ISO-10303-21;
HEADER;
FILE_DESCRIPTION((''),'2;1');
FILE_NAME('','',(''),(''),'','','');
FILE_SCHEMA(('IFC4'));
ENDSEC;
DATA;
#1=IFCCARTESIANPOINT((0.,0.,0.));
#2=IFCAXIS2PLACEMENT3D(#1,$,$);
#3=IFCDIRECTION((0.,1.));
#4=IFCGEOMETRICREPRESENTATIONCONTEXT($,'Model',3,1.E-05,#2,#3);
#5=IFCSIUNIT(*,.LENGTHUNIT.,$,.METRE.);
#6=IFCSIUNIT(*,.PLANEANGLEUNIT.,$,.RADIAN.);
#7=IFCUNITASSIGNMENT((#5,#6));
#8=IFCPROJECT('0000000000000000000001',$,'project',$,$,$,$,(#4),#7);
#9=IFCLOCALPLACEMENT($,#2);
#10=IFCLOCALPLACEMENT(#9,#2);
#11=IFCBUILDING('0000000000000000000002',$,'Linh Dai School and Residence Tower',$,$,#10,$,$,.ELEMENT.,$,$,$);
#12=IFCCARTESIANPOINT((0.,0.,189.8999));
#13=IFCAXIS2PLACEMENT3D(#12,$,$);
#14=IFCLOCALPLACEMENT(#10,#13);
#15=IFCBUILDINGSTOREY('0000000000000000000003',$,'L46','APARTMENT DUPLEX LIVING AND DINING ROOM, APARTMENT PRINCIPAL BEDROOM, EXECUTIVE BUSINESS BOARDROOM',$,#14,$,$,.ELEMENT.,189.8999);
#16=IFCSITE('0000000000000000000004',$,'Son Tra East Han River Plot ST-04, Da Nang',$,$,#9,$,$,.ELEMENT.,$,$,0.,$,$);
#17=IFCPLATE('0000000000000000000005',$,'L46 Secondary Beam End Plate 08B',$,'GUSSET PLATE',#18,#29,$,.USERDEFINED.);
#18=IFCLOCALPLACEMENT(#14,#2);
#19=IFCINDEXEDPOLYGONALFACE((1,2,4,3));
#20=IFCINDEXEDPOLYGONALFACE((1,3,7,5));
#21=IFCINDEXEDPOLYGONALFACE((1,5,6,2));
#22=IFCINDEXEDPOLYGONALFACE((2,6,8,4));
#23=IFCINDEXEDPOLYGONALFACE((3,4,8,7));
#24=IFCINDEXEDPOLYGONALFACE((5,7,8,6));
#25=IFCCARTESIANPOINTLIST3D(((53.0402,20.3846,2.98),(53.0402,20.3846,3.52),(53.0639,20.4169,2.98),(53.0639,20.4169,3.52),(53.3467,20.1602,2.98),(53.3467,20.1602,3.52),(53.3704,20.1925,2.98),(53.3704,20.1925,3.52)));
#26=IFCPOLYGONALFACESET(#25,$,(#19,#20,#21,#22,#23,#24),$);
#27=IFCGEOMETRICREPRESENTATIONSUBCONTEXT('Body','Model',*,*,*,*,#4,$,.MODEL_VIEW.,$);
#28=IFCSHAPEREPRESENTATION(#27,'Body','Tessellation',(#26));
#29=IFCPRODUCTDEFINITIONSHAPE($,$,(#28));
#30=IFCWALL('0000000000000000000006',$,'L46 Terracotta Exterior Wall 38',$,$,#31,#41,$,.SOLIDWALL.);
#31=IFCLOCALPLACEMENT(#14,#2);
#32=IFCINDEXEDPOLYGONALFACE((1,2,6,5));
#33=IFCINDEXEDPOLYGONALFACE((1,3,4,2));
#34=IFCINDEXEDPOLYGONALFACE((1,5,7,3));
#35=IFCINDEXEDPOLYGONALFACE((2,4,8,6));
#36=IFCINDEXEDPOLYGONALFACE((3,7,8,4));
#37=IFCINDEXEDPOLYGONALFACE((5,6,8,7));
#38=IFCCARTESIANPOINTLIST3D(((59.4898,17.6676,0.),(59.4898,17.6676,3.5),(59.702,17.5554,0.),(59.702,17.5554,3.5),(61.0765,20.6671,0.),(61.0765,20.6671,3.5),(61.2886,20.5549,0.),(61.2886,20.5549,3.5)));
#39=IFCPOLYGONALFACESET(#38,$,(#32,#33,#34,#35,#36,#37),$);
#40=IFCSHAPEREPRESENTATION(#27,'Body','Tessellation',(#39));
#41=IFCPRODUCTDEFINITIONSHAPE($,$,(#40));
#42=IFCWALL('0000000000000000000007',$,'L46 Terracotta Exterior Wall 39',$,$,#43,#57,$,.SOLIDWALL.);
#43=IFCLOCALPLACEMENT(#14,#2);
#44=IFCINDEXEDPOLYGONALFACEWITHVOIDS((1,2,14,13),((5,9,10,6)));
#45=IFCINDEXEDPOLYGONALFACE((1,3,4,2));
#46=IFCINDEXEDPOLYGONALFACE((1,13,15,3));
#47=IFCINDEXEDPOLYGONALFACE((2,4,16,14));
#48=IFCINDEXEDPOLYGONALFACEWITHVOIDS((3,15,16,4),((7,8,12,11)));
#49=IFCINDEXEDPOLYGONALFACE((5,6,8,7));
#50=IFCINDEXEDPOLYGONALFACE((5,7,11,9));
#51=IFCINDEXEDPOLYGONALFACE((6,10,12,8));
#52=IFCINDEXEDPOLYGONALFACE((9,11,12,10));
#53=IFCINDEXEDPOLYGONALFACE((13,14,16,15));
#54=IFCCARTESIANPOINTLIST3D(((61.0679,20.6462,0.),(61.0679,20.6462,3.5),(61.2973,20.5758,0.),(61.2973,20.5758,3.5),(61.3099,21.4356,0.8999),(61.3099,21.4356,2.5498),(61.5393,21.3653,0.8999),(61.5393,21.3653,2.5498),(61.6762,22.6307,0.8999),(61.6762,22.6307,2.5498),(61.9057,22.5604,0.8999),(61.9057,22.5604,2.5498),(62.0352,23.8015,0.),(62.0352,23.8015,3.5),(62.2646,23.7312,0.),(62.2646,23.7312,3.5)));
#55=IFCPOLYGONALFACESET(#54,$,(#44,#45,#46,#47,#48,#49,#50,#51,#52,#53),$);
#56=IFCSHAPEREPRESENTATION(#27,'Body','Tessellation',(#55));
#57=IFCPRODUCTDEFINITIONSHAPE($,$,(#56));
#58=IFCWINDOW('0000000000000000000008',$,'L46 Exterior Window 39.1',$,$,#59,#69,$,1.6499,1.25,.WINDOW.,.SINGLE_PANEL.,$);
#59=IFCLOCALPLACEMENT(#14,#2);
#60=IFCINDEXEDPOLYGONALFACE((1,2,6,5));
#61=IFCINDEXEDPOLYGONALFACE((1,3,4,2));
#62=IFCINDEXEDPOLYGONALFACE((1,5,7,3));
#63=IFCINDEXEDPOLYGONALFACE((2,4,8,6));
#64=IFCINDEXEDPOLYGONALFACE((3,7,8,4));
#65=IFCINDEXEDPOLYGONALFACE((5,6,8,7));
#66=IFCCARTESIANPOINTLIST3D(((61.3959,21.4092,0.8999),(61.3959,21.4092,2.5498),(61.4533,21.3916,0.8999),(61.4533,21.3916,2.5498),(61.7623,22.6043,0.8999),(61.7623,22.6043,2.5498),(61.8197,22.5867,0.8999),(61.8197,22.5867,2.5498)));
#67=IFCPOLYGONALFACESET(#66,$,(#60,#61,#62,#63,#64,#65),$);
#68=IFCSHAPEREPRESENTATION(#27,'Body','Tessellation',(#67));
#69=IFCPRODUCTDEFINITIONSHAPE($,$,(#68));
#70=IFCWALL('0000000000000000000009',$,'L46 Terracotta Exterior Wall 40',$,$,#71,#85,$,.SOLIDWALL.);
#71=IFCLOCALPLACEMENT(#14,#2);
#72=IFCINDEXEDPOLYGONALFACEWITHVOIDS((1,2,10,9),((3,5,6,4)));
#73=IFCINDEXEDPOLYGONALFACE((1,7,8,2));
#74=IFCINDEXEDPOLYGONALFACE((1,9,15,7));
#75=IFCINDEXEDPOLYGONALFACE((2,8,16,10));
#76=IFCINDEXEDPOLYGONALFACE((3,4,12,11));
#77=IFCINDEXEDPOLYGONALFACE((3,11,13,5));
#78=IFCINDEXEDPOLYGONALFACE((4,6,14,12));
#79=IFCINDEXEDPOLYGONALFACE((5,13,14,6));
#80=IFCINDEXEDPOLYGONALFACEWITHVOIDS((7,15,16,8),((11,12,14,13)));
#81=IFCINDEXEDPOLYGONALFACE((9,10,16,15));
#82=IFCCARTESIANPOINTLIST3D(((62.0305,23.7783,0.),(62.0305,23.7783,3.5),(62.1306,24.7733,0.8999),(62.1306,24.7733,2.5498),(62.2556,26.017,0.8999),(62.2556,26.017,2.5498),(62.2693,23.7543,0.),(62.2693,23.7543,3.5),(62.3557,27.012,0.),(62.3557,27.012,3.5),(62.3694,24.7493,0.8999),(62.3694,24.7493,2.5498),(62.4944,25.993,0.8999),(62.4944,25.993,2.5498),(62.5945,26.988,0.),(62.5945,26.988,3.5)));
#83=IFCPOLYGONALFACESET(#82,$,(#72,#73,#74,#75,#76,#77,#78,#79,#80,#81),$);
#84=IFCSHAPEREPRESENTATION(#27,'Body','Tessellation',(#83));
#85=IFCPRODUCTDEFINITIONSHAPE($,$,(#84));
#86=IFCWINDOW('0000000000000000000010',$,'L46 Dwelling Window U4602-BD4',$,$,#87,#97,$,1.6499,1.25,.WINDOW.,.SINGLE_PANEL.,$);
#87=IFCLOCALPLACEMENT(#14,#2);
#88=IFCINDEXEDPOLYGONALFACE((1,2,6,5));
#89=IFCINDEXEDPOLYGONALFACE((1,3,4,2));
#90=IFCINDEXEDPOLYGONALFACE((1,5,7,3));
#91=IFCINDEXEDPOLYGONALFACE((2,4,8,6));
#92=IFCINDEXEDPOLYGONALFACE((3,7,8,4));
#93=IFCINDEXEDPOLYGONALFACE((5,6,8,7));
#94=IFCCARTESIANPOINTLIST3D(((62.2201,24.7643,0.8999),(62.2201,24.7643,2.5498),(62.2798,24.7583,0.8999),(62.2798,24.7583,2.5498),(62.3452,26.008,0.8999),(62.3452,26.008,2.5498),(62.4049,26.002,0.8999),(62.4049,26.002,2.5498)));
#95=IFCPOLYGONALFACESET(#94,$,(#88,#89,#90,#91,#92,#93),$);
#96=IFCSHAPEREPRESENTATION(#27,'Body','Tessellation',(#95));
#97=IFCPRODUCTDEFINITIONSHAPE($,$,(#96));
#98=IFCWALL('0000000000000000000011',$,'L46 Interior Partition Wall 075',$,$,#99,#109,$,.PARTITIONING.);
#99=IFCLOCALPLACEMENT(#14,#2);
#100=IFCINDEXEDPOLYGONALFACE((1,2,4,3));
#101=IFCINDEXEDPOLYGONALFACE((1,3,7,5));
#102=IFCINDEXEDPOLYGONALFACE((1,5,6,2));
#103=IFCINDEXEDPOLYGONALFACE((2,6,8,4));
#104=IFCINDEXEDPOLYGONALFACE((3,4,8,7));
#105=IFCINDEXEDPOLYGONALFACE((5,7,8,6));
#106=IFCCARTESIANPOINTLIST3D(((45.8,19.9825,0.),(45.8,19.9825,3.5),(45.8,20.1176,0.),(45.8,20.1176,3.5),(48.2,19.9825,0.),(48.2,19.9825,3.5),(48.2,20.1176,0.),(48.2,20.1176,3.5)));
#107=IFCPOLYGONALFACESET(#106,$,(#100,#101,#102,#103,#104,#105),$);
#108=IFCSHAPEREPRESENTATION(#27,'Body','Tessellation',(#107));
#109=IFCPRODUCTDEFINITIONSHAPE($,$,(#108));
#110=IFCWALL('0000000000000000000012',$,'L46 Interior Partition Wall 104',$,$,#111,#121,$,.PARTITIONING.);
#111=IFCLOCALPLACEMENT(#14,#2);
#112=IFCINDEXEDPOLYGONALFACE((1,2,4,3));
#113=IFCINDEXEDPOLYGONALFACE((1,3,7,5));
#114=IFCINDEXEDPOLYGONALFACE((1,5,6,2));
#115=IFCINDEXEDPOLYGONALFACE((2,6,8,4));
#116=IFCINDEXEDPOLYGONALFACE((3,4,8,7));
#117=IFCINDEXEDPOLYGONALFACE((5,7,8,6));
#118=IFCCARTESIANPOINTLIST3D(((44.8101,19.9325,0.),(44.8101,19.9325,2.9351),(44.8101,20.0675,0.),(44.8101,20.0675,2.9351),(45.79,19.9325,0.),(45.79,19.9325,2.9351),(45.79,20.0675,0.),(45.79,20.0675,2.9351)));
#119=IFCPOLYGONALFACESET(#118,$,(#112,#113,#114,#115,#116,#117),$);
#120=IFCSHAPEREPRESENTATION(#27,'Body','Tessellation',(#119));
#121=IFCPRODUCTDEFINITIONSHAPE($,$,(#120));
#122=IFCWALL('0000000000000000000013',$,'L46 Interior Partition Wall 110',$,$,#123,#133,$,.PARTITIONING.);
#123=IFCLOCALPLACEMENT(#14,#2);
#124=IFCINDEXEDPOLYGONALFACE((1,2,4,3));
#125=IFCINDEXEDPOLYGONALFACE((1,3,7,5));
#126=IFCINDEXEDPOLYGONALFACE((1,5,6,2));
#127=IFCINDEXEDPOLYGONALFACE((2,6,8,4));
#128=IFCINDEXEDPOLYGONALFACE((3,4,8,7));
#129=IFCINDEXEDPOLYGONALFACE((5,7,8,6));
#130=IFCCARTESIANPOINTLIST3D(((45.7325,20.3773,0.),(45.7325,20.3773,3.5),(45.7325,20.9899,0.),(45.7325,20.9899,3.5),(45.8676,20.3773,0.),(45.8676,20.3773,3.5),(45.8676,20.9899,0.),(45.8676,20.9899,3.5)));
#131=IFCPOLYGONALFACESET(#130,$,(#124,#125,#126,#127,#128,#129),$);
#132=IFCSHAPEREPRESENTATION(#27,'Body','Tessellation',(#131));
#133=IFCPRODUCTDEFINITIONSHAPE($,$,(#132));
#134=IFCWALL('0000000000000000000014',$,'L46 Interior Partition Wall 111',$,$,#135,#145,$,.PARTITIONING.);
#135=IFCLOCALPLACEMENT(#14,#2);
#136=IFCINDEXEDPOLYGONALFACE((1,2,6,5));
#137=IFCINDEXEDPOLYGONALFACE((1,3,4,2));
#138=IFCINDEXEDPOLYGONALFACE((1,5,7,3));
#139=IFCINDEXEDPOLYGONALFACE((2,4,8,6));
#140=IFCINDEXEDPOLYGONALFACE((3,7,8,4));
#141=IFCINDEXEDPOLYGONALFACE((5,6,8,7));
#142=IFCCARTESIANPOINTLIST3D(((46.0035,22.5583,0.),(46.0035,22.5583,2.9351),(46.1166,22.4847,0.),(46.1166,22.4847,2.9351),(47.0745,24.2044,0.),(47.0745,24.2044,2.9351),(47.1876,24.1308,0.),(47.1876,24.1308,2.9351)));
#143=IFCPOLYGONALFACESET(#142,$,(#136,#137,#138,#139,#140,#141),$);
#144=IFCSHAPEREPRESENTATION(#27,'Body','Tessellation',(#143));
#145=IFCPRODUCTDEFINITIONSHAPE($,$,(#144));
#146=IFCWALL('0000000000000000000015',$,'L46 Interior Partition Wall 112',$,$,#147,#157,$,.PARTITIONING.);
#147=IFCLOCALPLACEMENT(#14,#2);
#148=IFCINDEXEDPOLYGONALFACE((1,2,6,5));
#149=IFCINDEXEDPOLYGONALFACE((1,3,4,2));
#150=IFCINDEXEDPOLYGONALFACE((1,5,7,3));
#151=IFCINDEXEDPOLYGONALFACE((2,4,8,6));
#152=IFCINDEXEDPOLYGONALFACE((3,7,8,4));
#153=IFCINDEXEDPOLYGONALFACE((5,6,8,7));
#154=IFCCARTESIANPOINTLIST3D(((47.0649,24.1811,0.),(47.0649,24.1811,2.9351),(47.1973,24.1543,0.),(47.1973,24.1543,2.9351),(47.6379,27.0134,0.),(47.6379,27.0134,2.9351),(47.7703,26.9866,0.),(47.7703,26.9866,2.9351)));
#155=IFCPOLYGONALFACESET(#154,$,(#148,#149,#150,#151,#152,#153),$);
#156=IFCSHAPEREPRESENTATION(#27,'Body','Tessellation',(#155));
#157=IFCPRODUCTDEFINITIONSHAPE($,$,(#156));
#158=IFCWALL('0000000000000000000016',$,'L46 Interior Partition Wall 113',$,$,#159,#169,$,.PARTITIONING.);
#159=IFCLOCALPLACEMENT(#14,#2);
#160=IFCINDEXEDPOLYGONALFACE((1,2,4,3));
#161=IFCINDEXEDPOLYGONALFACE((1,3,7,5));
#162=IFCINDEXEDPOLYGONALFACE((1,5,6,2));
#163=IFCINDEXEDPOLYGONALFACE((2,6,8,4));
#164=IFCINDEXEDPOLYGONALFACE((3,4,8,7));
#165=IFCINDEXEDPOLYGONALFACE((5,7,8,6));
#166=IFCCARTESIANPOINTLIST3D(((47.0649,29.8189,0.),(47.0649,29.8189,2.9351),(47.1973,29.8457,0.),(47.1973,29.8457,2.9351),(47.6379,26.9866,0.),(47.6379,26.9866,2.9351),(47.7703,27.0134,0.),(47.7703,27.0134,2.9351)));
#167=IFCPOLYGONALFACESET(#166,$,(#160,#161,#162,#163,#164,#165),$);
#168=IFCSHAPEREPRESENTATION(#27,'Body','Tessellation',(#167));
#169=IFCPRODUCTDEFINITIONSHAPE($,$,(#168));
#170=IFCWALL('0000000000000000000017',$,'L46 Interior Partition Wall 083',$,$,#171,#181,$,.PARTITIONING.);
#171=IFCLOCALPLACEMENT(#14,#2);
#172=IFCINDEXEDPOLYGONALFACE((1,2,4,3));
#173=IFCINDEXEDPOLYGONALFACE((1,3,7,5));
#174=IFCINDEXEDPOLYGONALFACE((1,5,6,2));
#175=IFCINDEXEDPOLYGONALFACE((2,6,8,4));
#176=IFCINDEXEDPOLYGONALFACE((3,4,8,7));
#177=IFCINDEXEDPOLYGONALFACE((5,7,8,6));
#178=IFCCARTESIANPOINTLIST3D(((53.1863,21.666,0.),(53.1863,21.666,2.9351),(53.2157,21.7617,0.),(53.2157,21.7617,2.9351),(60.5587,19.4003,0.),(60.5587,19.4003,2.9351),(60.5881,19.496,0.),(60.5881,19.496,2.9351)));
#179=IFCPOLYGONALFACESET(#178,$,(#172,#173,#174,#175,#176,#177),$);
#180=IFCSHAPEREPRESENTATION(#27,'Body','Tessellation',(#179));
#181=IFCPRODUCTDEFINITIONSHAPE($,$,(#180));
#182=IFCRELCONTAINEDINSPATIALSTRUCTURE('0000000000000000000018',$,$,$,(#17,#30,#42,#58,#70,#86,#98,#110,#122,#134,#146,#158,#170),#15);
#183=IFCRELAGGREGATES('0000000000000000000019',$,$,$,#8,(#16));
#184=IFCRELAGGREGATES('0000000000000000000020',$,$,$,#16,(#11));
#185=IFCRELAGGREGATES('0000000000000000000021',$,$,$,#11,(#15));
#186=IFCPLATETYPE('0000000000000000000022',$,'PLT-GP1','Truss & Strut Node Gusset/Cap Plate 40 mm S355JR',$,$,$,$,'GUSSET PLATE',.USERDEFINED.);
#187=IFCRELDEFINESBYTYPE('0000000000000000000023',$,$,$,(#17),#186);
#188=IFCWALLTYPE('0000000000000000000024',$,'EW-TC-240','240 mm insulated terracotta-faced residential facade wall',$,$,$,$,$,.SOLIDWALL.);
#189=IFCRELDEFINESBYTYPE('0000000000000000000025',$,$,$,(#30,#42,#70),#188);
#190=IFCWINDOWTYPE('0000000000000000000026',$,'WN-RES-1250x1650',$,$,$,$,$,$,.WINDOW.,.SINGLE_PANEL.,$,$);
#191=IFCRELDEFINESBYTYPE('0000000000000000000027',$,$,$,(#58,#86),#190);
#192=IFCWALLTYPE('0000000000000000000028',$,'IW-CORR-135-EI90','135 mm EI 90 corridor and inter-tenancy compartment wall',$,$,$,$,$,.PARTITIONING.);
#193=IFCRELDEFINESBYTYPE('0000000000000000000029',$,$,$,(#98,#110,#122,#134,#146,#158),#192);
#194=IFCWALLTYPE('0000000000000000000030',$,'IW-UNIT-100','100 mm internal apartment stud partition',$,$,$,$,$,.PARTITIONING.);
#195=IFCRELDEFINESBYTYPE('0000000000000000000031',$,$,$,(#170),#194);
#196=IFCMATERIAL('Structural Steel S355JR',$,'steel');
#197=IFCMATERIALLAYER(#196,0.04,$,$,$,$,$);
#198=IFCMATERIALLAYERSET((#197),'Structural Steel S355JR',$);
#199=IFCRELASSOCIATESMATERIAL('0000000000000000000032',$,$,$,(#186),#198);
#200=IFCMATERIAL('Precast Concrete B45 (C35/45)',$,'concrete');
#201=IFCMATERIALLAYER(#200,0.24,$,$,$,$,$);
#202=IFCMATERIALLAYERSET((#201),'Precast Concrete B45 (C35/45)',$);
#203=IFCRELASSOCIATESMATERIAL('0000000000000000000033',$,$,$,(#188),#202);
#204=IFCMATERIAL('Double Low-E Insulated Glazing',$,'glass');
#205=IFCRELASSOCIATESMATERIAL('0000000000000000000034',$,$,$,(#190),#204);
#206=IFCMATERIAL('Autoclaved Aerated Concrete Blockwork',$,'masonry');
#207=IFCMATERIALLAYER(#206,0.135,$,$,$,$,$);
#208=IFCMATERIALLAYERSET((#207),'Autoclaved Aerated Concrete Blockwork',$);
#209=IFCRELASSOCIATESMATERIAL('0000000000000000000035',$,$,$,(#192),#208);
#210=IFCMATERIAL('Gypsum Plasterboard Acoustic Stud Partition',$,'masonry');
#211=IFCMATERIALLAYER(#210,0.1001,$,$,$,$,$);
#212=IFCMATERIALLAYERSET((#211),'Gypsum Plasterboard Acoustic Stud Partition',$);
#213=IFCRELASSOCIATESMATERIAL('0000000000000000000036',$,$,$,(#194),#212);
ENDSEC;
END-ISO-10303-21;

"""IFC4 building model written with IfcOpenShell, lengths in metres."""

from ifc_helpers import new_model, si_unit, direction, frame, frame_2d, origin, origin_2d, place, context, subcontext, project, spatial, rectangle, extrude, source, transform, mapped, material, layer, layer_set, type_object, element, fill, save


model = new_model("IFC4")

# Units and contexts
model_context = context("Model", 3, precision=1e-05, world=origin(), true_north=direction((0.0, 1.0)))
body_context = subcontext(model_context, "Body", "Model", "MODEL_VIEW")
ifc_project = project(units=[si_unit("LENGTHUNIT", "METRE"), si_unit("PLANEANGLEUNIT", "RADIAN")], contexts=[model_context])

# Site, building, storey
site_placement = place(None, origin())
site = spatial("IfcSite", under=ifc_project, at=site_placement, Name="Son Tra East Han River Plot ST-04, Da Nang", CompositionType="ELEMENT", RefElevation=0.0)
building_placement = place(site_placement, origin())
building = spatial("IfcBuilding", under=site, at=building_placement, Name="Linh Dai School and Residence Tower", CompositionType="ELEMENT")
storey_placement = place(building_placement, frame((0.0, 0.0, 189.8999)))
storey = spatial("IfcBuildingStorey", under=building, at=storey_placement, Name="L46", Description="APARTMENT DUPLEX LIVING AND DINING ROOM, APARTMENT PRINCIPAL BEDROOM, EXECUTIVE BUSINESS BOARDROOM", CompositionType="ELEMENT", Elevation=189.8999)

# Shared definitions
ifc_material_1 = material(Name="Structural Steel S355JR", Category="steel")

# Plate
ifc_layer_1 = layer(ifc_material_1, 0.04)
ifc_layer_set_1 = layer_set([ifc_layer_1], Name="Structural Steel S355JR")
plate_type = type_object("IfcPlateType", Name="PLT-GP1", Description="Truss & Strut Node Gusset/Cap Plate 40 mm S355JR", ElementType="GUSSET PLATE", PredefinedType="USERDEFINED", material=ifc_layer_set_1)
shared_shape_1 = source(origin(), body_context, "Body", "SweptSolid", [
    extrude(rectangle(XDim=0.04, YDim=0.3799, at=origin_2d()), origin(), (0.0, 0.0, 1.0), 0.54),
])
plate_placement = place(storey_placement, frame((53.2053, 20.2886, 2.98), z_axis=(0.0, 0.0, 1.0), x_axis=(0.590797, 0.80682, 0.0)))
element("IfcPlate", 1, at=plate_placement, inside=storey, type_object=plate_type, Name="L46 Secondary Beam End Plate 08B", ObjectType="GUSSET PLATE", PredefinedType="USERDEFINED", context=body_context, shape_type="MappedRepresentation", body=[
    mapped(shared_shape_1, transform((0.0, 0.0, 0.0), x_axis=(1.0, 0.0, 0.0), y_axis=(0.0, 1.0, 0.0), z_axis=(0.0, 0.0, 1.0), scale=1.0)),
])

# Wall
ifc_material_2 = material(Name="Precast Concrete B45 (C35/45)", Category="concrete")
ifc_layer_2 = layer(ifc_material_2, 0.24)
ifc_layer_set_2 = layer_set([ifc_layer_2], Name="Precast Concrete B45 (C35/45)")
wall_type_1 = type_object("IfcWallType", Name="EW-TC-240", Description="240 mm insulated terracotta-faced residential facade wall", PredefinedType="SOLIDWALL", material=ifc_layer_set_2)
wall_1_placement = place(storey_placement, frame((61.1826, 20.6111, 0.0), z_axis=(0.0, 0.0, 1.0), x_axis=(-0.467587, -0.883947, 0.0)))
element("IfcWall", 2, at=wall_1_placement, inside=storey, type_object=wall_type_1, Name="L46 Terracotta Exterior Wall 38", PredefinedType="SOLIDWALL", context=body_context, shape_type="SweptSolid", body=[
    extrude(rectangle(XDim=3.3933, YDim=0.24, at=frame_2d((1.6968, 0.0))), origin(), (0.0, 0.0, 1.0), 3.5),
])

# Walls, openings, windows
wall_2_placement = place(storey_placement, frame((62.1499, 23.7664, 0.0), z_axis=(0.0, 0.0, 1.0), x_axis=(-0.293098, -0.956082, 0.0)))
wall_2 = element("IfcWall", 3, at=wall_2_placement, inside=storey, type_object=wall_type_1, Name="L46 Terracotta Exterior Wall 39", PredefinedType="SOLIDWALL", context=body_context, shape_type="SweptSolid", body=[
    extrude(rectangle(XDim=3.3003, YDim=0.24, at=frame_2d((1.6501, 0.0))), origin(), (0.0, 0.0, 1.0), 3.5),
])
opening_1_placement = place(wall_2_placement, frame((1.2246, 0.0, 0.8999)))
opening_1 = element("IfcOpeningElement", 4, at=opening_1_placement, cuts=wall_2, PredefinedType="OPENING", context=body_context, shape_type="SweptSolid", body=[
    extrude(rectangle(XDim=1.25, YDim=1.6499, at=origin_2d()), frame((0.625, 0.1299, 0.825), z_axis=(0.0, -1.0, 0.0), x_axis=(1.0, 0.0, 0.0)), (0.0, 0.0, 1.0), 0.26),
])
ifc_material_3 = material(Name="Double Low-E Insulated Glazing", Category="glass")
window_type = type_object("IfcWindowType", Name="WN-RES-1250x1650", PartitioningType="SINGLE_PANEL", PredefinedType="WINDOW", material=ifc_material_3)
shared_shape_2 = source(origin(), body_context, "Body", "SweptSolid", [
    extrude(rectangle(XDim=1.25, YDim=1.6499, at=origin_2d()), frame((0.625, 0.03, 0.825), z_axis=(0.0, -1.0, 0.0), x_axis=(1.0, 0.0, 0.0)), (0.0, 0.0, 1.0), 0.0601),
])
window_1_placement = place(opening_1_placement, origin())
window_1 = element("IfcWindow", 5, at=window_1_placement, inside=storey, type_object=window_type, Name="L46 Exterior Window 39.1", OverallHeight=1.6499, OverallWidth=1.25, PartitioningType="SINGLE_PANEL", PredefinedType="WINDOW", context=body_context, shape_type="MappedRepresentation", body=[
    mapped(shared_shape_2, transform((0.0, 0.0, 0.0), x_axis=(1.0, 0.0, 0.0), y_axis=(0.0, 1.0, 0.0), z_axis=(0.0, 0.0, 1.0), scale=1.0)),
])
fill(opening_1, window_1)
wall_3_placement = place(storey_placement, frame((62.4751, 27.0, 0.0), z_axis=(0.0, 0.0, 1.0), x_axis=(-0.100062, -0.994981, 0.0)))
wall_3 = element("IfcWall", 6, at=wall_3_placement, inside=storey, type_object=wall_type_1, Name="L46 Terracotta Exterior Wall 40", PredefinedType="SOLIDWALL", context=body_context, shape_type="SweptSolid", body=[
    extrude(rectangle(XDim=3.25, YDim=0.24, at=frame_2d((1.625, 0.0))), origin(), (0.0, 0.0, 1.0), 3.5),
])
opening_2_placement = place(wall_3_placement, frame((1.0, 0.0, 0.8999)))
opening_2 = element("IfcOpeningElement", 7, at=opening_2_placement, cuts=wall_3, PredefinedType="OPENING", context=body_context, shape_type="SweptSolid", body=[
    extrude(rectangle(XDim=1.25, YDim=1.6499, at=origin_2d()), frame((0.625, 0.1299, 0.825), z_axis=(0.0, -1.0, 0.0), x_axis=(1.0, 0.0, 0.0)), (0.0, 0.0, 1.0), 0.26),
])
window_2_placement = place(opening_2_placement, origin())
window_2 = element("IfcWindow", 8, at=window_2_placement, inside=storey, type_object=window_type, Name="L46 Dwelling Window U4602-BD4", OverallHeight=1.6499, OverallWidth=1.25, PartitioningType="SINGLE_PANEL", PredefinedType="WINDOW", context=body_context, shape_type="MappedRepresentation", body=[
    mapped(shared_shape_2, transform((0.0, 0.0, 0.0), x_axis=(1.0, 0.0, 0.0), y_axis=(0.0, 1.0, 0.0), z_axis=(0.0, 0.0, 1.0), scale=1.0)),
])
fill(opening_2, window_2)

# Walls
ifc_material_4 = material(Name="Autoclaved Aerated Concrete Blockwork", Category="masonry")
ifc_layer_3 = layer(ifc_material_4, 0.135)
ifc_layer_set_3 = layer_set([ifc_layer_3], Name="Autoclaved Aerated Concrete Blockwork")
wall_type_2 = type_object("IfcWallType", Name="IW-CORR-135-EI90", Description="135 mm EI 90 corridor and inter-tenancy compartment wall", PredefinedType="PARTITIONING", material=ifc_layer_set_3)
wall_4_placement = place(storey_placement, frame((45.8, 20.05, 0.0), z_axis=(0.0, 0.0, 1.0), x_axis=(1.0, 0.0, 0.0)))
element("IfcWall", 9, at=wall_4_placement, inside=storey, type_object=wall_type_2, Name="L46 Interior Partition Wall 075", PredefinedType="PARTITIONING", context=body_context, shape_type="SweptSolid", body=[
    extrude(rectangle(XDim=2.3999, YDim=0.135, at=frame_2d((1.2, 0.0))), origin(), (0.0, 0.0, 1.0), 3.5),
])
wall_5_placement = place(storey_placement, frame((44.8101, 20.0, 0.0), z_axis=(0.0, 0.0, 1.0), x_axis=(1.0, 0.0, 0.0)))
element("IfcWall", 10, at=wall_5_placement, inside=storey, type_object=wall_type_2, Name="L46 Interior Partition Wall 104", PredefinedType="PARTITIONING", context=body_context, shape_type="SweptSolid", body=[
    extrude(rectangle(XDim=0.98, YDim=0.135, at=frame_2d((0.49, 0.0))), origin(), (0.0, 0.0, 1.0), 2.9351),
])
wall_6_placement = place(storey_placement, frame((45.8, 20.3774, 0.0), z_axis=(0.0, 0.0, 1.0), x_axis=(0.0, 1.0, 0.0)))
element("IfcWall", 11, at=wall_6_placement, inside=storey, type_object=wall_type_2, Name="L46 Interior Partition Wall 110", PredefinedType="PARTITIONING", context=body_context, shape_type="SweptSolid", body=[
    extrude(rectangle(XDim=0.6125, YDim=0.135, at=frame_2d((0.3062, 0.0))), origin(), (0.0, 0.0, 1.0), 3.5),
])
wall_7_placement = place(storey_placement, frame((46.0601, 22.5215, 0.0), z_axis=(0.0, 0.0, 1.0), x_axis=(0.545342, 0.838213, 0.0)))
element("IfcWall", 12, at=wall_7_placement, inside=storey, type_object=wall_type_2, Name="L46 Interior Partition Wall 111", PredefinedType="PARTITIONING", context=body_context, shape_type="SweptSolid", body=[
    extrude(rectangle(XDim=1.9639, YDim=0.135, at=frame_2d((0.9819, 0.0))), origin(), (0.0, 0.0, 1.0), 2.9351),
])
for number, where, z_axis, x_axis, name in (
    (13, (47.1311, 24.1677, 0.0), (0.0, 0.0, 1.0), (0.198293, 0.980143, 0.0), "L46 Interior Partition Wall 112"),
    (14, (47.7041, 27.0, 0.0), (0.0, 0.0, 1.0), (-0.198293, 0.980143, 0.0), "L46 Interior Partition Wall 113"),
):
    element("IfcWall", number, at=place(storey_placement, frame(where, z_axis=z_axis, x_axis=x_axis)), inside=storey, type_object=wall_type_2, Name=name, PredefinedType="PARTITIONING", context=body_context, shape_type="SweptSolid", body=[
        extrude(rectangle(XDim=2.8896, YDim=0.135, at=frame_2d((1.4448, 0.0))), origin(), (0.0, 0.0, 1.0), 2.9351),
    ])
ifc_material_5 = material(Name="Gypsum Plasterboard Acoustic Stud Partition", Category="masonry")
ifc_layer_4 = layer(ifc_material_5, 0.1001)
ifc_layer_set_4 = layer_set([ifc_layer_4], Name="Gypsum Plasterboard Acoustic Stud Partition")
wall_type_3 = type_object("IfcWallType", Name="IW-UNIT-100", Description="100 mm internal apartment stud partition", PredefinedType="PARTITIONING", material=ifc_layer_set_4)
wall_8_placement = place(storey_placement, frame((53.2009, 21.7139, 0.0), z_axis=(0.0, 0.0, 1.0), x_axis=(0.95588, -0.293757, 0.0)))
element("IfcWall", 15, at=wall_8_placement, inside=storey, type_object=wall_type_3, Name="L46 Interior Partition Wall 083", PredefinedType="PARTITIONING", context=body_context, shape_type="SweptSolid", body=[
    extrude(rectangle(XDim=7.7126, YDim=0.1001, at=frame_2d((3.8564, 0.0))), origin(), (0.0, 0.0, 1.0), 2.9351),
])

save(model, "model.ifc")
